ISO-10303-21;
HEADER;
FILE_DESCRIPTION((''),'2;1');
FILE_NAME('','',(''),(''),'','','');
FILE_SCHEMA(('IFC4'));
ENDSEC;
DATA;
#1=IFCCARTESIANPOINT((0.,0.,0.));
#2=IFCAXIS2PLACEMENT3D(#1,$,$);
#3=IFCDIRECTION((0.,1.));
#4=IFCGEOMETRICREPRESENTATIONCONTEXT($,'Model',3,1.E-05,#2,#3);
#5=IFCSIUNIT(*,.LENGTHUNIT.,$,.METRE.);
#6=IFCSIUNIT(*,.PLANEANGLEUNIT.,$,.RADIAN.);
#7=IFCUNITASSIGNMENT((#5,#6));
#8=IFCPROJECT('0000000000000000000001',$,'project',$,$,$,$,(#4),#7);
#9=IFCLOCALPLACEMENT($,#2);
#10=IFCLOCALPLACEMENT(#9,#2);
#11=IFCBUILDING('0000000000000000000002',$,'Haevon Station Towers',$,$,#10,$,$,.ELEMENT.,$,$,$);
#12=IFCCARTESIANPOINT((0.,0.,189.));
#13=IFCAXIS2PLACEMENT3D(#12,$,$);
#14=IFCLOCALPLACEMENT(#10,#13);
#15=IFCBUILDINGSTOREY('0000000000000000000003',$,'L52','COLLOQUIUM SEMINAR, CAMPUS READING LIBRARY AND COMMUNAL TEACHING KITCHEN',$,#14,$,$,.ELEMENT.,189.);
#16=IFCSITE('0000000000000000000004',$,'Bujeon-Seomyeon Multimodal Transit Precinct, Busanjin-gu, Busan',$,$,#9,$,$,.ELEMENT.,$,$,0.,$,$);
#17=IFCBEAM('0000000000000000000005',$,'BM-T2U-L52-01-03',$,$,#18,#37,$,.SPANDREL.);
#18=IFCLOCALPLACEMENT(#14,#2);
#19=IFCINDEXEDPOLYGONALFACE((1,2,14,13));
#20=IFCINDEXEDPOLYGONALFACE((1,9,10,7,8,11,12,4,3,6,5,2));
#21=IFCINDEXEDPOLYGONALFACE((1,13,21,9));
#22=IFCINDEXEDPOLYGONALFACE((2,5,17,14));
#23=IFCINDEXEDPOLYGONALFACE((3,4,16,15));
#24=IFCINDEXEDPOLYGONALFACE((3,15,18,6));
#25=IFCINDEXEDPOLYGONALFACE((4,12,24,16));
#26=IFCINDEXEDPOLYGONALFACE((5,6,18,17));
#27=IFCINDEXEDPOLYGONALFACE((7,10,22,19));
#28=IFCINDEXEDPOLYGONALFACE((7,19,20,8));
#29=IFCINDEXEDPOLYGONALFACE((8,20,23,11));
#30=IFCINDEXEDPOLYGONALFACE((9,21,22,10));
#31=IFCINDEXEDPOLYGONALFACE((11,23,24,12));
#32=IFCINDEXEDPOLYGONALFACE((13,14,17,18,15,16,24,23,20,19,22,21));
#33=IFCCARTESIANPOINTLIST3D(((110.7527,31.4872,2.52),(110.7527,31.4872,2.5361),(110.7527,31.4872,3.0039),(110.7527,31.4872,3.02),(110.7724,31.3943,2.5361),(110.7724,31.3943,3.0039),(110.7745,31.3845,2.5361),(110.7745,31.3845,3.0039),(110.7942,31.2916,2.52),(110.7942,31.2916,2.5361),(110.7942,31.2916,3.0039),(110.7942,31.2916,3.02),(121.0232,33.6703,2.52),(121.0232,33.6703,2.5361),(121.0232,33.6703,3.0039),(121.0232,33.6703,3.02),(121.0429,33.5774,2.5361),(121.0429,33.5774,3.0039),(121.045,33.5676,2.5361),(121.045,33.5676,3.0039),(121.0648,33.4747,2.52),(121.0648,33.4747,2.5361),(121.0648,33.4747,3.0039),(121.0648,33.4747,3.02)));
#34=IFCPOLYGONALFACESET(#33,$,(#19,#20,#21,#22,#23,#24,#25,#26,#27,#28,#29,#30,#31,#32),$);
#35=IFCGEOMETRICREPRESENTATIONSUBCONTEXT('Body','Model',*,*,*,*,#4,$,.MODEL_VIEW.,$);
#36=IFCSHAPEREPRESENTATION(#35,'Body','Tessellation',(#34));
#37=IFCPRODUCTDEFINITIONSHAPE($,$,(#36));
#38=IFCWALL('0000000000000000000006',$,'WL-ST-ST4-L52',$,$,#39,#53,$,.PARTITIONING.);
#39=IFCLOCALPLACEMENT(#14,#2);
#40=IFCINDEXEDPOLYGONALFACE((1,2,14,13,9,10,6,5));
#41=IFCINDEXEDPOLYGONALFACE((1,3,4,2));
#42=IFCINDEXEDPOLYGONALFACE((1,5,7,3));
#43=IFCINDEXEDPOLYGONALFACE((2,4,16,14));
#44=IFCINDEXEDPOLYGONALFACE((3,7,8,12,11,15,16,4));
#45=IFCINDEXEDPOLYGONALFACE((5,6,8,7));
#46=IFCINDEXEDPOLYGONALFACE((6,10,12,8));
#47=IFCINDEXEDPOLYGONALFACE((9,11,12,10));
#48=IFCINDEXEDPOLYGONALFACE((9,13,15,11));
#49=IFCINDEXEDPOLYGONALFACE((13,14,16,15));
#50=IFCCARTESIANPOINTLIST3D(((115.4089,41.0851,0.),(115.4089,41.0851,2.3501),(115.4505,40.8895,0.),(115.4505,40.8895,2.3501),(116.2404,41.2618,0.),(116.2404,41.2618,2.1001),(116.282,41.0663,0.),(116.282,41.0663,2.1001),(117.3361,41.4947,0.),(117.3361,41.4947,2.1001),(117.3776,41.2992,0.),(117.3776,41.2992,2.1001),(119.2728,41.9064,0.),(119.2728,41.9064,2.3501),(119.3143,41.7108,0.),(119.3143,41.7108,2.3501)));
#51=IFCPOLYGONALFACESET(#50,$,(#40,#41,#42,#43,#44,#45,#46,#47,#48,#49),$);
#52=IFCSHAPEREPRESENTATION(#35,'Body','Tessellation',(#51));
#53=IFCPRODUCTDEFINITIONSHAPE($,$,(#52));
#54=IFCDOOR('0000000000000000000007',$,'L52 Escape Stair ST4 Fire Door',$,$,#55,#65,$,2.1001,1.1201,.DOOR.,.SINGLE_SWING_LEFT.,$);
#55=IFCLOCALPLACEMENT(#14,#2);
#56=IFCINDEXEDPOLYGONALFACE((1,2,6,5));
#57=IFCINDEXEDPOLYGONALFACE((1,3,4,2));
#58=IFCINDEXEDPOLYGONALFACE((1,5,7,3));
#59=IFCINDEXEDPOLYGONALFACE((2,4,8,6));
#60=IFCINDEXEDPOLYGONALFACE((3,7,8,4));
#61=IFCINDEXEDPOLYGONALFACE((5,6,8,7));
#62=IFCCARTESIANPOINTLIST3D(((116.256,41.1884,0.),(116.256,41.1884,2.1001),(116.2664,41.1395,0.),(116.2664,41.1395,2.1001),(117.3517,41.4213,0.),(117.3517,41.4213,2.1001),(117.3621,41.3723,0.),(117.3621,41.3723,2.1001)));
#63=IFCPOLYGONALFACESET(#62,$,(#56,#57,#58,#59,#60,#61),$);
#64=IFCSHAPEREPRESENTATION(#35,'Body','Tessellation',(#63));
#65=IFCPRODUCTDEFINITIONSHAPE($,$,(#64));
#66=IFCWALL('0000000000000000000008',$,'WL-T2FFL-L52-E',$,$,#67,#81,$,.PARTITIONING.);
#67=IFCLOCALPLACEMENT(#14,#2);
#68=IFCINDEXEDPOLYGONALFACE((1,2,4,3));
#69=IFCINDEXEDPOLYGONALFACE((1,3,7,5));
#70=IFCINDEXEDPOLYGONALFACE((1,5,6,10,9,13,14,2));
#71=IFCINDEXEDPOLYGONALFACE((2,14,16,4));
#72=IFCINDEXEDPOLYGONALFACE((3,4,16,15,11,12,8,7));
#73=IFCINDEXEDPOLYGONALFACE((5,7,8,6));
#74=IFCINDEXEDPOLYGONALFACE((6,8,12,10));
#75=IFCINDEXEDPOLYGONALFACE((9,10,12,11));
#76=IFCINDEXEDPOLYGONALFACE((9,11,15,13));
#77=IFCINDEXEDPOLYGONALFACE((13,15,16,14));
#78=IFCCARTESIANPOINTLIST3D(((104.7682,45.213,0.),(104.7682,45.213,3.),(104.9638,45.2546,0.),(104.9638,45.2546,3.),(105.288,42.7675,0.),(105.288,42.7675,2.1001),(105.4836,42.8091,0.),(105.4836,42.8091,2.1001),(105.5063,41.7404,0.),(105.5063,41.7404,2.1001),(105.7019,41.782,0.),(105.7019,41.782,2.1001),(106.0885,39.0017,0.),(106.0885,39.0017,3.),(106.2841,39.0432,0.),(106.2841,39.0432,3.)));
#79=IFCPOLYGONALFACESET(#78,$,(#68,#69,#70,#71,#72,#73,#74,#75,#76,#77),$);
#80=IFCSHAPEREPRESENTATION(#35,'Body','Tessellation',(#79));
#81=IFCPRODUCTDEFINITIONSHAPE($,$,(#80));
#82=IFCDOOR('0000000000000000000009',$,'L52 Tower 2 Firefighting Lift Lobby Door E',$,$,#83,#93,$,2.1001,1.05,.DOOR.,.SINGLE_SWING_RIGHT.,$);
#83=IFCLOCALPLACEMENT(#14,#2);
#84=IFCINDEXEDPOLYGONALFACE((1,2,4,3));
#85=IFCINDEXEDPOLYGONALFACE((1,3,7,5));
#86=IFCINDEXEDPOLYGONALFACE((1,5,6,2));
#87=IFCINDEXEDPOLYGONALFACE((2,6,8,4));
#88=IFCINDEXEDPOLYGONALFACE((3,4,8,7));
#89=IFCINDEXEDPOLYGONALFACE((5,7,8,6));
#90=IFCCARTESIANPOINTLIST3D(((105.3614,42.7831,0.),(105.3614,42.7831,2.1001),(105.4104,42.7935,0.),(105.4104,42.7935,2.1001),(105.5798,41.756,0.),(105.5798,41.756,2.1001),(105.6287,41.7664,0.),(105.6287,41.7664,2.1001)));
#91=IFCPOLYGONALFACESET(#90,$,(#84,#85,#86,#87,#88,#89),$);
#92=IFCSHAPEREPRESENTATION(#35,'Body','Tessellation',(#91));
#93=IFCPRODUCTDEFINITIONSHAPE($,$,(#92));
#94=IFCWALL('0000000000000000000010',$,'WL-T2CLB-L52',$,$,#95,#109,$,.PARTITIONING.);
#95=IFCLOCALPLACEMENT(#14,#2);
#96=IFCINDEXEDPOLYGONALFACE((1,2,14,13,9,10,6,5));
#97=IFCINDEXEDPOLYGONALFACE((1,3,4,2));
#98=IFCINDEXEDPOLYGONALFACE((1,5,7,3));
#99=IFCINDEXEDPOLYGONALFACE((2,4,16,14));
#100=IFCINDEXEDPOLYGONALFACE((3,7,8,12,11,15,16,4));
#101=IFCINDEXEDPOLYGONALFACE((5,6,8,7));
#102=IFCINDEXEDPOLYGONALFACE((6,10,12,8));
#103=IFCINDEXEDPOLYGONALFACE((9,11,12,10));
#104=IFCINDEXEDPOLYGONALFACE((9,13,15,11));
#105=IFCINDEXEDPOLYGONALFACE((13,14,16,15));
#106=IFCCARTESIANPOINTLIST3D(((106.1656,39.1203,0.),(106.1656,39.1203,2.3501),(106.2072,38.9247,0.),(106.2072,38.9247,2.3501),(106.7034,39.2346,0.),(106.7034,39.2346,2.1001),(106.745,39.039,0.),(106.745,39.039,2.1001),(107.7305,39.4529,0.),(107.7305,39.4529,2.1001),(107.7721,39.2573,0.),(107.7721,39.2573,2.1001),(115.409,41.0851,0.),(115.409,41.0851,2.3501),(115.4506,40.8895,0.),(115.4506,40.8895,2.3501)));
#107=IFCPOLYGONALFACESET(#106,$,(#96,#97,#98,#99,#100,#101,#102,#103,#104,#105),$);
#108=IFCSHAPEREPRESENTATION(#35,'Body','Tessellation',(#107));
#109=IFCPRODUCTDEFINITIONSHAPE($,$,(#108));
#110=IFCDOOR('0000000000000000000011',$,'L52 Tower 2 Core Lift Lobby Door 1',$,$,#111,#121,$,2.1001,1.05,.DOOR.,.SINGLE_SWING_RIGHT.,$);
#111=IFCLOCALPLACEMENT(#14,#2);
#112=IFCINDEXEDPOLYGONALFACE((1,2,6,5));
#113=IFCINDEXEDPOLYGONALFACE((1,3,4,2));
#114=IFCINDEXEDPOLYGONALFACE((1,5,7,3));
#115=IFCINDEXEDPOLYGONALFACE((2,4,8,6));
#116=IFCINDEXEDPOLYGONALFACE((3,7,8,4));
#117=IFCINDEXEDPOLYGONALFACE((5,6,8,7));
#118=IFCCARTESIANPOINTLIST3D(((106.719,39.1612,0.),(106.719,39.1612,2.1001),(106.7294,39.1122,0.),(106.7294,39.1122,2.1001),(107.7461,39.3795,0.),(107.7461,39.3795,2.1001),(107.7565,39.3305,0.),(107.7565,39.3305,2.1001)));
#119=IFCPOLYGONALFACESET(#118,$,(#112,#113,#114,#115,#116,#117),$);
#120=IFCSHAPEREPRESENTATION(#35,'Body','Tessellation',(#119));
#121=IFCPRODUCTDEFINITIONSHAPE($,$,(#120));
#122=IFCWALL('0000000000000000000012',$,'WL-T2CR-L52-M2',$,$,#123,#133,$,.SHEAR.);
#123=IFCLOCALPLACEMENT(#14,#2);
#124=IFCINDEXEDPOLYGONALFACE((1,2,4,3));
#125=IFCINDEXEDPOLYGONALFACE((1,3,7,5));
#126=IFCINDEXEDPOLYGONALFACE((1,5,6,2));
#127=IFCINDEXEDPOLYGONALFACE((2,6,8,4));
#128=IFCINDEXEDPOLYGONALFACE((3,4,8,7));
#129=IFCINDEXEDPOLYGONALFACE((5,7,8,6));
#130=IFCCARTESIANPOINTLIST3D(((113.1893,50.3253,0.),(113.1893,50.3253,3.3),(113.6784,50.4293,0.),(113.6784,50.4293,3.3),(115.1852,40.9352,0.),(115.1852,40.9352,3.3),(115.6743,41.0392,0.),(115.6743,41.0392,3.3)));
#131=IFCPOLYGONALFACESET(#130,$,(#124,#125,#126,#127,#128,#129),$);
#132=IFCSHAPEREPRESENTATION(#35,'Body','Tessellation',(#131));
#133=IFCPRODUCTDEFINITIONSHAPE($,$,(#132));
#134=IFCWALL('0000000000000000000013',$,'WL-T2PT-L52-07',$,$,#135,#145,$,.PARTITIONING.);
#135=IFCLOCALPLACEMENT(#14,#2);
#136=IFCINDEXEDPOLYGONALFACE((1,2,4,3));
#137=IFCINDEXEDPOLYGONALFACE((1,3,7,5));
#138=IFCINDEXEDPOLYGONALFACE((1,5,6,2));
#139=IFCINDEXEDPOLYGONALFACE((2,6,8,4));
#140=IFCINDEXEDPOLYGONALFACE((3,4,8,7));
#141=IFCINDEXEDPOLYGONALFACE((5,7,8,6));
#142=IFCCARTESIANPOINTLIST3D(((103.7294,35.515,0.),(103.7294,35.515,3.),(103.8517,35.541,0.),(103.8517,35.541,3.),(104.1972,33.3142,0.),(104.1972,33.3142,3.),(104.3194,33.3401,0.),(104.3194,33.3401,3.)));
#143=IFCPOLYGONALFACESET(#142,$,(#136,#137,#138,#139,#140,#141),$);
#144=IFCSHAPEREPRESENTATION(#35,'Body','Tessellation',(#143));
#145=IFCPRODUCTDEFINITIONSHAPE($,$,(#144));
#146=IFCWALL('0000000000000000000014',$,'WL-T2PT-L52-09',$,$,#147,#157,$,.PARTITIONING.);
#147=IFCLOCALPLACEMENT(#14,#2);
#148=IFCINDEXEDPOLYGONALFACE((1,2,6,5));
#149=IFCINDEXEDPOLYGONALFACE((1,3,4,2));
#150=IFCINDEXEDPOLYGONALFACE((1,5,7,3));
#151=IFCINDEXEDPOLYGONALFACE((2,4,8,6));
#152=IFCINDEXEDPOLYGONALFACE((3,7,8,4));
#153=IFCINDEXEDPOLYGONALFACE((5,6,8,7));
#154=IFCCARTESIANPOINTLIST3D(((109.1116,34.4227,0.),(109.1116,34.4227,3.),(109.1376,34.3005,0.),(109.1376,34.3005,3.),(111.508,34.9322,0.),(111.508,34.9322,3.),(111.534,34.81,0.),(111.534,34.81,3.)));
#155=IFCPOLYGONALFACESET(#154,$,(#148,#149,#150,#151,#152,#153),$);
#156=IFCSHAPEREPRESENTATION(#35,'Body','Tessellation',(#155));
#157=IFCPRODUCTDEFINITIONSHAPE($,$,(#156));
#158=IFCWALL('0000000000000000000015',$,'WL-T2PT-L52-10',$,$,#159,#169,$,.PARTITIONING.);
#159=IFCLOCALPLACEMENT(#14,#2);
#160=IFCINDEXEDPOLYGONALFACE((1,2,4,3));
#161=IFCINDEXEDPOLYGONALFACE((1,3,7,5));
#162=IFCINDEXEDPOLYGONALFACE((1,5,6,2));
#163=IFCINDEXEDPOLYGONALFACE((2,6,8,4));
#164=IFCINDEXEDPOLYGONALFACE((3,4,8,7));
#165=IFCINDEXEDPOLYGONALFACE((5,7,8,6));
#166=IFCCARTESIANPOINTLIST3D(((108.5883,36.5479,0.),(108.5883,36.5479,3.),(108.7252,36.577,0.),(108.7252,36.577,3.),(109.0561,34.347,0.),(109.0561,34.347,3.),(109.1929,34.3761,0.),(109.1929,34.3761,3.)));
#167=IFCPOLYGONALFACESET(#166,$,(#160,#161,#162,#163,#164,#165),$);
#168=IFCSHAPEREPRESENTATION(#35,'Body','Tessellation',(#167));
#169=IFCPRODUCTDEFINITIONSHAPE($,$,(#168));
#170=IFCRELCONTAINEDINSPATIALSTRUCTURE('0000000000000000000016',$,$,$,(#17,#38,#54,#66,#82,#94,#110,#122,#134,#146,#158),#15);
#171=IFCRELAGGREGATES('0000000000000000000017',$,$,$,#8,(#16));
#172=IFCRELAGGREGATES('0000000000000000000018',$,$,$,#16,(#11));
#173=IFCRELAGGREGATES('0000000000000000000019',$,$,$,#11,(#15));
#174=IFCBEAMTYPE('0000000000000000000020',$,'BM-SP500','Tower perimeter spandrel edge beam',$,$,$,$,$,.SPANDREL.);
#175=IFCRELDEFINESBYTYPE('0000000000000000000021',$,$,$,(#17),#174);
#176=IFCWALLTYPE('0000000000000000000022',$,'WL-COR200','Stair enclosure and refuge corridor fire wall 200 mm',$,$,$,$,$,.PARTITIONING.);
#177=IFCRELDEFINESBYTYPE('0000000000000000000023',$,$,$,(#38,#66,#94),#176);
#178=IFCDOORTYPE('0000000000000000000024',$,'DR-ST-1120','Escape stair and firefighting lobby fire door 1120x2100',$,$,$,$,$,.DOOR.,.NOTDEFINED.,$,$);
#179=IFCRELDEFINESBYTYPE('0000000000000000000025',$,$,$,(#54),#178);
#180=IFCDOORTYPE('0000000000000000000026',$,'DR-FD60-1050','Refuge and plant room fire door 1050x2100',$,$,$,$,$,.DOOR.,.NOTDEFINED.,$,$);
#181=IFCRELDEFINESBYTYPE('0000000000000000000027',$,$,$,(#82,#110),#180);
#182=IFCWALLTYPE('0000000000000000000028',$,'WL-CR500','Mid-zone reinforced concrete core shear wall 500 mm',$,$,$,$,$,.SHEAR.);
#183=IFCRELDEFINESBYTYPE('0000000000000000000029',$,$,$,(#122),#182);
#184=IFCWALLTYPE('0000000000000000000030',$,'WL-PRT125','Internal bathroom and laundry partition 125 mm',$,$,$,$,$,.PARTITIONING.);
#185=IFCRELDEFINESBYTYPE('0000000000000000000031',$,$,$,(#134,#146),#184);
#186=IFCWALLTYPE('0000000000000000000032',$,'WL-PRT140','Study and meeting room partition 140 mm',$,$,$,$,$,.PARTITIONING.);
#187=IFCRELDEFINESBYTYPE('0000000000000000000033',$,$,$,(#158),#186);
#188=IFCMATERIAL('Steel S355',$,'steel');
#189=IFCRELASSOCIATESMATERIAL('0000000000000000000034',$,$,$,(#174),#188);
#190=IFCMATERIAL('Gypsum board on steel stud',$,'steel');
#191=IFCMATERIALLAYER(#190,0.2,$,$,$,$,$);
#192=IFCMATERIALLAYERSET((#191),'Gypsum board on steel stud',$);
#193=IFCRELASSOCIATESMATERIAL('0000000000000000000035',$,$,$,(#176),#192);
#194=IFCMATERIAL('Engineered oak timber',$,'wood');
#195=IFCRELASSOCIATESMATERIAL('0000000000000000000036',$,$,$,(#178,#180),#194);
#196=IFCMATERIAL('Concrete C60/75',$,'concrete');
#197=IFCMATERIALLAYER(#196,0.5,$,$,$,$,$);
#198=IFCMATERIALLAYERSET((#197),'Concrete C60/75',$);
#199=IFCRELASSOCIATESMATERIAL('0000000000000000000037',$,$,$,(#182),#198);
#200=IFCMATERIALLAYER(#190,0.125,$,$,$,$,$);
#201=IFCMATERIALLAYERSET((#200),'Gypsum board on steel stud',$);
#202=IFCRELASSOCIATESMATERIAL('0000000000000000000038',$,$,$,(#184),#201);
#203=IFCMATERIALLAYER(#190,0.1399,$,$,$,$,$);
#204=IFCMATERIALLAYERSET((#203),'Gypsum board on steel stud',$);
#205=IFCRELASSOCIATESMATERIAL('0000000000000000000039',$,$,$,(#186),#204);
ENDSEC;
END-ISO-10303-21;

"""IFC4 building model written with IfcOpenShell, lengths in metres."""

from ifc_helpers import new_model, si_unit, direction, frame, frame_2d, origin, origin_2d, place, context, subcontext, project, spatial, rectangle, i_section, extrude, material, layer, layer_set, material_profile, profile_set, type_object, element, fill, save


model = new_model("IFC4")

# Units and contexts
model_context = context("Model", 3, precision=1e-05, world=origin(), true_north=direction((0.0, 1.0)))
body_context = subcontext(model_context, "Body", "Model", "MODEL_VIEW")
ifc_project = project(units=[si_unit("LENGTHUNIT", "METRE"), si_unit("PLANEANGLEUNIT", "RADIAN")], contexts=[model_context])

# Site, building, storey
site_placement = place(None, origin())
site = spatial("IfcSite", under=ifc_project, at=site_placement, Name="Bujeon-Seomyeon Multimodal Transit Precinct, Busanjin-gu, Busan", CompositionType="ELEMENT", RefElevation=0.0)
building_placement = place(site_placement, origin())
building = spatial("IfcBuilding", under=site, at=building_placement, Name="Haevon Station Towers", CompositionType="ELEMENT")
storey_placement = place(building_placement, frame((0.0, 0.0, 189.0)))
storey = spatial("IfcBuildingStorey", under=building, at=storey_placement, Name="L52", Description="COLLOQUIUM SEMINAR, CAMPUS READING LIBRARY AND COMMUNAL TEACHING KITCHEN", CompositionType="ELEMENT", Elevation=189.0)

# Shared definitions
ifc_material_1 = material(Name="Steel S355", Category="steel")

# Beam
ifc_material_profile_1 = material_profile(ifc_material_1, i_section(OverallWidth=0.2, OverallDepth=0.5, WebThickness=0.01, FlangeThickness=0.0161, at=origin_2d()), Name="H-500x200x10x16")
ifc_profile_set_1 = profile_set([ifc_material_profile_1], Name="Steel S355")
beam_type_1 = type_object("IfcBeamType", Name="BM-SP500", Description="Tower perimeter spandrel edge beam", PredefinedType="SPANDREL", material=ifc_profile_set_1)
beam_1_placement = place(storey_placement, frame((110.7734, 31.3894, 2.77), z_axis=(0.978147, 0.207915, 0.0), x_axis=(-0.207915, 0.978147, 0.0)))
element("IfcBeam", 1, at=beam_1_placement, inside=storey, type_object=beam_type_1, Name="BM-T2U-L52-01-03", PredefinedType="SPANDREL", context=body_context, shape_type="SweptSolid", body=[
    extrude(i_section(OverallWidth=0.2, OverallDepth=0.5, WebThickness=0.01, FlangeThickness=0.0161, at=origin_2d()), origin(), (0.0, 0.0, 1.0), 10.5),
])

# Walls, openings, doors
ifc_material_2 = material(Name="Gypsum board on steel stud", Category="steel")
ifc_layer_1 = layer(ifc_material_2, 0.2)
ifc_layer_set_1 = layer_set([ifc_layer_1], Name="Gypsum board on steel stud")
wall_type_1 = type_object("IfcWallType", Name="WL-COR200", Description="Stair enclosure and refuge corridor fire wall 200 mm", PredefinedType="PARTITIONING", material=ifc_layer_set_1)
wall_1_placement = place(storey_placement, frame((115.4297, 40.9873, 0.0), z_axis=(0.0, 0.0, 1.0), x_axis=(0.978147, 0.207916, 0.0)))
wall_1 = element("IfcWall", 2, at=wall_1_placement, inside=storey, type_object=wall_type_1, Name="WL-ST-ST4-L52", PredefinedType="PARTITIONING", context=body_context, shape_type="SweptSolid", body=[
    extrude(rectangle(XDim=3.9502, YDim=0.2, at=frame_2d((1.9751, 0.0))), origin(), (0.0, 0.0, 1.0), 2.3501),
])
opening_1_placement = place(wall_1_placement, frame((0.8501, 0.0, 0.0)))
opening_1 = element("IfcOpeningElement", 3, at=opening_1_placement, cuts=wall_1, PredefinedType="OPENING", context=body_context, shape_type="SweptSolid", body=[
    extrude(rectangle(XDim=1.1201, YDim=2.1001, at=frame_2d((0.5601, 1.05))), frame((0.0, 0.1099, 0.0), z_axis=(0.0, -1.0, 0.0), x_axis=(1.0, 0.0, 0.0)), (0.0, 0.0, 1.0), 0.22),
])
ifc_material_3 = material(Name="Engineered oak timber", Category="wood")
door_type_1 = type_object("IfcDoorType", Name="DR-ST-1120", Description="Escape stair and firefighting lobby fire door 1120x2100", OperationType="NOTDEFINED", PredefinedType="DOOR", material=ifc_material_3)
door_1_placement = place(opening_1_placement, origin())
door_1 = element("IfcDoor", 4, at=door_1_placement, inside=storey, type_object=door_type_1, Name="L52 Escape Stair ST4 Fire Door", OperationType="SINGLE_SWING_LEFT", OverallHeight=2.1001, OverallWidth=1.1201, PredefinedType="DOOR", context=body_context, shape_type="SweptSolid", body=[
    extrude(rectangle(XDim=1.1201, YDim=2.1001, at=frame_2d((0.5601, 1.05))), frame((0.0, 0.0249, 0.0), z_axis=(0.0, -1.0, 0.0), x_axis=(1.0, 0.0, 0.0)), (0.0, 0.0, 1.0), 0.05),
])
fill(opening_1, door_1)
wall_2_placement = place(storey_placement, frame((106.1863, 39.0225, 0.0), z_axis=(0.0, 0.0, 1.0), x_axis=(-0.207917, 0.978147, 0.0)))
wall_2 = element("IfcWall", 5, at=wall_2_placement, inside=storey, type_object=wall_type_1, Name="WL-T2FFL-L52-E", PredefinedType="PARTITIONING", context=body_context, shape_type="SweptSolid", body=[
    extrude(rectangle(XDim=6.3501, YDim=0.2, at=frame_2d((3.175, 0.0))), origin(), (0.0, 0.0, 1.0), 3.0),
])
opening_2_placement = place(wall_2_placement, frame((2.8, 0.0, 0.0)))
opening_2 = element("IfcOpeningElement", 6, at=opening_2_placement, cuts=wall_2, PredefinedType="OPENING", context=body_context, shape_type="SweptSolid", body=[
    extrude(rectangle(XDim=1.05, YDim=2.1001, at=frame_2d((0.5249, 1.05))), frame((0.0, 0.1099, 0.0), z_axis=(0.0, -1.0, 0.0), x_axis=(1.0, 0.0, 0.0)), (0.0, 0.0, 1.0), 0.22),
])
door_type_2 = type_object("IfcDoorType", Name="DR-FD60-1050", Description="Refuge and plant room fire door 1050x2100", OperationType="NOTDEFINED", PredefinedType="DOOR", material=ifc_material_3)
door_2_placement = place(opening_2_placement, origin())
door_2 = element("IfcDoor", 7, at=door_2_placement, inside=storey, type_object=door_type_2, Name="L52 Tower 2 Firefighting Lift Lobby Door E", OperationType="SINGLE_SWING_RIGHT", OverallHeight=2.1001, OverallWidth=1.05, PredefinedType="DOOR", context=body_context, shape_type="SweptSolid", body=[
    extrude(rectangle(XDim=1.05, YDim=2.1001, at=frame_2d((0.5249, 1.05))), frame((0.0, 0.0249, 0.0), z_axis=(0.0, -1.0, 0.0), x_axis=(1.0, 0.0, 0.0)), (0.0, 0.0, 1.0), 0.05),
])
fill(opening_2, door_2)
wall_3_placement = place(storey_placement, frame((106.1863, 39.0225, 0.0), z_axis=(0.0, 0.0, 1.0), x_axis=(0.978146, 0.207921, 0.0)))
wall_3 = element("IfcWall", 8, at=wall_3_placement, inside=storey, type_object=wall_type_1, Name="WL-T2CLB-L52", PredefinedType="PARTITIONING", context=body_context, shape_type="SweptSolid", body=[
    extrude(rectangle(XDim=9.45, YDim=0.2, at=frame_2d((4.7251, 0.0))), origin(), (0.0, 0.0, 1.0), 2.3501),
])
opening_3_placement = place(wall_3_placement, frame((0.55, 0.0, 0.0)))
opening_3 = element("IfcOpeningElement", 9, at=opening_3_placement, cuts=wall_3, PredefinedType="OPENING", context=body_context, shape_type="SweptSolid", body=[
    extrude(rectangle(XDim=1.05, YDim=2.1001, at=frame_2d((0.5249, 1.05))), frame((0.0, 0.1099, 0.0), z_axis=(0.0, -1.0, 0.0), x_axis=(1.0, 0.0, 0.0)), (0.0, 0.0, 1.0), 0.22),
])
door_3_placement = place(opening_3_placement, origin())
door_3 = element("IfcDoor", 10, at=door_3_placement, inside=storey, type_object=door_type_2, Name="L52 Tower 2 Core Lift Lobby Door 1", OperationType="SINGLE_SWING_RIGHT", OverallHeight=2.1001, OverallWidth=1.05, PredefinedType="DOOR", context=body_context, shape_type="SweptSolid", body=[
    extrude(rectangle(XDim=1.05, YDim=2.1001, at=frame_2d((0.5249, 1.05))), frame((0.0, 0.0249, 0.0), z_axis=(0.0, -1.0, 0.0), x_axis=(1.0, 0.0, 0.0)), (0.0, 0.0, 1.0), 0.05),
])
fill(opening_3, door_3)

# Walls
ifc_material_4 = material(Name="Concrete C60/75", Category="concrete")
ifc_layer_2 = layer(ifc_material_4, 0.5)
ifc_layer_set_2 = layer_set([ifc_layer_2], Name="Concrete C60/75")
wall_type_2 = type_object("IfcWallType", Name="WL-CR500", Description="Mid-zone reinforced concrete core shear wall 500 mm", PredefinedType="SHEAR", material=ifc_layer_set_2)
wall_4_placement = place(storey_placement, frame((115.4297, 40.9873, 0.0), z_axis=(0.0, 0.0, 1.0), x_axis=(-0.207903, 0.978149, 0.0)))
element("IfcWall", 11, at=wall_4_placement, inside=storey, type_object=wall_type_2, Name="WL-T2CR-L52-M2", PredefinedType="SHEAR", context=body_context, shape_type="SweptSolid", body=[
    extrude(rectangle(XDim=9.5999, YDim=0.5, at=frame_2d((4.7998, 0.0))), origin(), (0.0, 0.0, 1.0), 3.3),
])
ifc_layer_3 = layer(ifc_material_2, 0.125)
ifc_layer_set_3 = layer_set([ifc_layer_3], Name="Gypsum board on steel stud")
wall_type_3 = type_object("IfcWallType", Name="WL-PRT125", Description="Internal bathroom and laundry partition 125 mm", PredefinedType="PARTITIONING", material=ifc_layer_set_3)
wall_5_placement = place(storey_placement, frame((104.2583, 33.3271, 0.0), z_axis=(0.0, 0.0, 1.0), x_axis=(-0.207891, 0.978152, 0.0)))
element("IfcWall", 12, at=wall_5_placement, inside=storey, type_object=wall_type_3, Name="WL-T2PT-L52-07", PredefinedType="PARTITIONING", context=body_context, shape_type="SweptSolid", body=[
    extrude(rectangle(XDim=2.25, YDim=0.125, at=frame_2d((1.125, 0.0))), origin(), (0.0, 0.0, 1.0), 3.0),
])
wall_6_placement = place(storey_placement, frame((109.1245, 34.3616, 0.0), z_axis=(0.0, 0.0, 1.0), x_axis=(0.978137, 0.207964, 0.0)))
element("IfcWall", 13, at=wall_6_placement, inside=storey, type_object=wall_type_3, Name="WL-T2PT-L52-09", PredefinedType="PARTITIONING", context=body_context, shape_type="SweptSolid", body=[
    extrude(rectangle(XDim=2.45, YDim=0.125, at=frame_2d((1.2251, 0.0))), origin(), (0.0, 0.0, 1.0), 3.0),
])
ifc_layer_4 = layer(ifc_material_2, 0.1399)
ifc_layer_set_4 = layer_set([ifc_layer_4], Name="Gypsum board on steel stud")
wall_type_4 = type_object("IfcWallType", Name="WL-PRT140", Description="Study and meeting room partition 140 mm", PredefinedType="PARTITIONING", material=ifc_layer_set_4)
wall_7_placement = place(storey_placement, frame((109.1245, 34.3616, 0.0), z_axis=(0.0, 0.0, 1.0), x_axis=(-0.207891, 0.978152, 0.0)))
element("IfcWall", 14, at=wall_7_placement, inside=storey, type_object=wall_type_4, Name="WL-T2PT-L52-10", PredefinedType="PARTITIONING", context=body_context, shape_type="SweptSolid", body=[
    extrude(rectangle(XDim=2.25, YDim=0.1399, at=frame_2d((1.125, 0.0))), origin(), (0.0, 0.0, 1.0), 3.0),
])

save(model, "model.ifc")
